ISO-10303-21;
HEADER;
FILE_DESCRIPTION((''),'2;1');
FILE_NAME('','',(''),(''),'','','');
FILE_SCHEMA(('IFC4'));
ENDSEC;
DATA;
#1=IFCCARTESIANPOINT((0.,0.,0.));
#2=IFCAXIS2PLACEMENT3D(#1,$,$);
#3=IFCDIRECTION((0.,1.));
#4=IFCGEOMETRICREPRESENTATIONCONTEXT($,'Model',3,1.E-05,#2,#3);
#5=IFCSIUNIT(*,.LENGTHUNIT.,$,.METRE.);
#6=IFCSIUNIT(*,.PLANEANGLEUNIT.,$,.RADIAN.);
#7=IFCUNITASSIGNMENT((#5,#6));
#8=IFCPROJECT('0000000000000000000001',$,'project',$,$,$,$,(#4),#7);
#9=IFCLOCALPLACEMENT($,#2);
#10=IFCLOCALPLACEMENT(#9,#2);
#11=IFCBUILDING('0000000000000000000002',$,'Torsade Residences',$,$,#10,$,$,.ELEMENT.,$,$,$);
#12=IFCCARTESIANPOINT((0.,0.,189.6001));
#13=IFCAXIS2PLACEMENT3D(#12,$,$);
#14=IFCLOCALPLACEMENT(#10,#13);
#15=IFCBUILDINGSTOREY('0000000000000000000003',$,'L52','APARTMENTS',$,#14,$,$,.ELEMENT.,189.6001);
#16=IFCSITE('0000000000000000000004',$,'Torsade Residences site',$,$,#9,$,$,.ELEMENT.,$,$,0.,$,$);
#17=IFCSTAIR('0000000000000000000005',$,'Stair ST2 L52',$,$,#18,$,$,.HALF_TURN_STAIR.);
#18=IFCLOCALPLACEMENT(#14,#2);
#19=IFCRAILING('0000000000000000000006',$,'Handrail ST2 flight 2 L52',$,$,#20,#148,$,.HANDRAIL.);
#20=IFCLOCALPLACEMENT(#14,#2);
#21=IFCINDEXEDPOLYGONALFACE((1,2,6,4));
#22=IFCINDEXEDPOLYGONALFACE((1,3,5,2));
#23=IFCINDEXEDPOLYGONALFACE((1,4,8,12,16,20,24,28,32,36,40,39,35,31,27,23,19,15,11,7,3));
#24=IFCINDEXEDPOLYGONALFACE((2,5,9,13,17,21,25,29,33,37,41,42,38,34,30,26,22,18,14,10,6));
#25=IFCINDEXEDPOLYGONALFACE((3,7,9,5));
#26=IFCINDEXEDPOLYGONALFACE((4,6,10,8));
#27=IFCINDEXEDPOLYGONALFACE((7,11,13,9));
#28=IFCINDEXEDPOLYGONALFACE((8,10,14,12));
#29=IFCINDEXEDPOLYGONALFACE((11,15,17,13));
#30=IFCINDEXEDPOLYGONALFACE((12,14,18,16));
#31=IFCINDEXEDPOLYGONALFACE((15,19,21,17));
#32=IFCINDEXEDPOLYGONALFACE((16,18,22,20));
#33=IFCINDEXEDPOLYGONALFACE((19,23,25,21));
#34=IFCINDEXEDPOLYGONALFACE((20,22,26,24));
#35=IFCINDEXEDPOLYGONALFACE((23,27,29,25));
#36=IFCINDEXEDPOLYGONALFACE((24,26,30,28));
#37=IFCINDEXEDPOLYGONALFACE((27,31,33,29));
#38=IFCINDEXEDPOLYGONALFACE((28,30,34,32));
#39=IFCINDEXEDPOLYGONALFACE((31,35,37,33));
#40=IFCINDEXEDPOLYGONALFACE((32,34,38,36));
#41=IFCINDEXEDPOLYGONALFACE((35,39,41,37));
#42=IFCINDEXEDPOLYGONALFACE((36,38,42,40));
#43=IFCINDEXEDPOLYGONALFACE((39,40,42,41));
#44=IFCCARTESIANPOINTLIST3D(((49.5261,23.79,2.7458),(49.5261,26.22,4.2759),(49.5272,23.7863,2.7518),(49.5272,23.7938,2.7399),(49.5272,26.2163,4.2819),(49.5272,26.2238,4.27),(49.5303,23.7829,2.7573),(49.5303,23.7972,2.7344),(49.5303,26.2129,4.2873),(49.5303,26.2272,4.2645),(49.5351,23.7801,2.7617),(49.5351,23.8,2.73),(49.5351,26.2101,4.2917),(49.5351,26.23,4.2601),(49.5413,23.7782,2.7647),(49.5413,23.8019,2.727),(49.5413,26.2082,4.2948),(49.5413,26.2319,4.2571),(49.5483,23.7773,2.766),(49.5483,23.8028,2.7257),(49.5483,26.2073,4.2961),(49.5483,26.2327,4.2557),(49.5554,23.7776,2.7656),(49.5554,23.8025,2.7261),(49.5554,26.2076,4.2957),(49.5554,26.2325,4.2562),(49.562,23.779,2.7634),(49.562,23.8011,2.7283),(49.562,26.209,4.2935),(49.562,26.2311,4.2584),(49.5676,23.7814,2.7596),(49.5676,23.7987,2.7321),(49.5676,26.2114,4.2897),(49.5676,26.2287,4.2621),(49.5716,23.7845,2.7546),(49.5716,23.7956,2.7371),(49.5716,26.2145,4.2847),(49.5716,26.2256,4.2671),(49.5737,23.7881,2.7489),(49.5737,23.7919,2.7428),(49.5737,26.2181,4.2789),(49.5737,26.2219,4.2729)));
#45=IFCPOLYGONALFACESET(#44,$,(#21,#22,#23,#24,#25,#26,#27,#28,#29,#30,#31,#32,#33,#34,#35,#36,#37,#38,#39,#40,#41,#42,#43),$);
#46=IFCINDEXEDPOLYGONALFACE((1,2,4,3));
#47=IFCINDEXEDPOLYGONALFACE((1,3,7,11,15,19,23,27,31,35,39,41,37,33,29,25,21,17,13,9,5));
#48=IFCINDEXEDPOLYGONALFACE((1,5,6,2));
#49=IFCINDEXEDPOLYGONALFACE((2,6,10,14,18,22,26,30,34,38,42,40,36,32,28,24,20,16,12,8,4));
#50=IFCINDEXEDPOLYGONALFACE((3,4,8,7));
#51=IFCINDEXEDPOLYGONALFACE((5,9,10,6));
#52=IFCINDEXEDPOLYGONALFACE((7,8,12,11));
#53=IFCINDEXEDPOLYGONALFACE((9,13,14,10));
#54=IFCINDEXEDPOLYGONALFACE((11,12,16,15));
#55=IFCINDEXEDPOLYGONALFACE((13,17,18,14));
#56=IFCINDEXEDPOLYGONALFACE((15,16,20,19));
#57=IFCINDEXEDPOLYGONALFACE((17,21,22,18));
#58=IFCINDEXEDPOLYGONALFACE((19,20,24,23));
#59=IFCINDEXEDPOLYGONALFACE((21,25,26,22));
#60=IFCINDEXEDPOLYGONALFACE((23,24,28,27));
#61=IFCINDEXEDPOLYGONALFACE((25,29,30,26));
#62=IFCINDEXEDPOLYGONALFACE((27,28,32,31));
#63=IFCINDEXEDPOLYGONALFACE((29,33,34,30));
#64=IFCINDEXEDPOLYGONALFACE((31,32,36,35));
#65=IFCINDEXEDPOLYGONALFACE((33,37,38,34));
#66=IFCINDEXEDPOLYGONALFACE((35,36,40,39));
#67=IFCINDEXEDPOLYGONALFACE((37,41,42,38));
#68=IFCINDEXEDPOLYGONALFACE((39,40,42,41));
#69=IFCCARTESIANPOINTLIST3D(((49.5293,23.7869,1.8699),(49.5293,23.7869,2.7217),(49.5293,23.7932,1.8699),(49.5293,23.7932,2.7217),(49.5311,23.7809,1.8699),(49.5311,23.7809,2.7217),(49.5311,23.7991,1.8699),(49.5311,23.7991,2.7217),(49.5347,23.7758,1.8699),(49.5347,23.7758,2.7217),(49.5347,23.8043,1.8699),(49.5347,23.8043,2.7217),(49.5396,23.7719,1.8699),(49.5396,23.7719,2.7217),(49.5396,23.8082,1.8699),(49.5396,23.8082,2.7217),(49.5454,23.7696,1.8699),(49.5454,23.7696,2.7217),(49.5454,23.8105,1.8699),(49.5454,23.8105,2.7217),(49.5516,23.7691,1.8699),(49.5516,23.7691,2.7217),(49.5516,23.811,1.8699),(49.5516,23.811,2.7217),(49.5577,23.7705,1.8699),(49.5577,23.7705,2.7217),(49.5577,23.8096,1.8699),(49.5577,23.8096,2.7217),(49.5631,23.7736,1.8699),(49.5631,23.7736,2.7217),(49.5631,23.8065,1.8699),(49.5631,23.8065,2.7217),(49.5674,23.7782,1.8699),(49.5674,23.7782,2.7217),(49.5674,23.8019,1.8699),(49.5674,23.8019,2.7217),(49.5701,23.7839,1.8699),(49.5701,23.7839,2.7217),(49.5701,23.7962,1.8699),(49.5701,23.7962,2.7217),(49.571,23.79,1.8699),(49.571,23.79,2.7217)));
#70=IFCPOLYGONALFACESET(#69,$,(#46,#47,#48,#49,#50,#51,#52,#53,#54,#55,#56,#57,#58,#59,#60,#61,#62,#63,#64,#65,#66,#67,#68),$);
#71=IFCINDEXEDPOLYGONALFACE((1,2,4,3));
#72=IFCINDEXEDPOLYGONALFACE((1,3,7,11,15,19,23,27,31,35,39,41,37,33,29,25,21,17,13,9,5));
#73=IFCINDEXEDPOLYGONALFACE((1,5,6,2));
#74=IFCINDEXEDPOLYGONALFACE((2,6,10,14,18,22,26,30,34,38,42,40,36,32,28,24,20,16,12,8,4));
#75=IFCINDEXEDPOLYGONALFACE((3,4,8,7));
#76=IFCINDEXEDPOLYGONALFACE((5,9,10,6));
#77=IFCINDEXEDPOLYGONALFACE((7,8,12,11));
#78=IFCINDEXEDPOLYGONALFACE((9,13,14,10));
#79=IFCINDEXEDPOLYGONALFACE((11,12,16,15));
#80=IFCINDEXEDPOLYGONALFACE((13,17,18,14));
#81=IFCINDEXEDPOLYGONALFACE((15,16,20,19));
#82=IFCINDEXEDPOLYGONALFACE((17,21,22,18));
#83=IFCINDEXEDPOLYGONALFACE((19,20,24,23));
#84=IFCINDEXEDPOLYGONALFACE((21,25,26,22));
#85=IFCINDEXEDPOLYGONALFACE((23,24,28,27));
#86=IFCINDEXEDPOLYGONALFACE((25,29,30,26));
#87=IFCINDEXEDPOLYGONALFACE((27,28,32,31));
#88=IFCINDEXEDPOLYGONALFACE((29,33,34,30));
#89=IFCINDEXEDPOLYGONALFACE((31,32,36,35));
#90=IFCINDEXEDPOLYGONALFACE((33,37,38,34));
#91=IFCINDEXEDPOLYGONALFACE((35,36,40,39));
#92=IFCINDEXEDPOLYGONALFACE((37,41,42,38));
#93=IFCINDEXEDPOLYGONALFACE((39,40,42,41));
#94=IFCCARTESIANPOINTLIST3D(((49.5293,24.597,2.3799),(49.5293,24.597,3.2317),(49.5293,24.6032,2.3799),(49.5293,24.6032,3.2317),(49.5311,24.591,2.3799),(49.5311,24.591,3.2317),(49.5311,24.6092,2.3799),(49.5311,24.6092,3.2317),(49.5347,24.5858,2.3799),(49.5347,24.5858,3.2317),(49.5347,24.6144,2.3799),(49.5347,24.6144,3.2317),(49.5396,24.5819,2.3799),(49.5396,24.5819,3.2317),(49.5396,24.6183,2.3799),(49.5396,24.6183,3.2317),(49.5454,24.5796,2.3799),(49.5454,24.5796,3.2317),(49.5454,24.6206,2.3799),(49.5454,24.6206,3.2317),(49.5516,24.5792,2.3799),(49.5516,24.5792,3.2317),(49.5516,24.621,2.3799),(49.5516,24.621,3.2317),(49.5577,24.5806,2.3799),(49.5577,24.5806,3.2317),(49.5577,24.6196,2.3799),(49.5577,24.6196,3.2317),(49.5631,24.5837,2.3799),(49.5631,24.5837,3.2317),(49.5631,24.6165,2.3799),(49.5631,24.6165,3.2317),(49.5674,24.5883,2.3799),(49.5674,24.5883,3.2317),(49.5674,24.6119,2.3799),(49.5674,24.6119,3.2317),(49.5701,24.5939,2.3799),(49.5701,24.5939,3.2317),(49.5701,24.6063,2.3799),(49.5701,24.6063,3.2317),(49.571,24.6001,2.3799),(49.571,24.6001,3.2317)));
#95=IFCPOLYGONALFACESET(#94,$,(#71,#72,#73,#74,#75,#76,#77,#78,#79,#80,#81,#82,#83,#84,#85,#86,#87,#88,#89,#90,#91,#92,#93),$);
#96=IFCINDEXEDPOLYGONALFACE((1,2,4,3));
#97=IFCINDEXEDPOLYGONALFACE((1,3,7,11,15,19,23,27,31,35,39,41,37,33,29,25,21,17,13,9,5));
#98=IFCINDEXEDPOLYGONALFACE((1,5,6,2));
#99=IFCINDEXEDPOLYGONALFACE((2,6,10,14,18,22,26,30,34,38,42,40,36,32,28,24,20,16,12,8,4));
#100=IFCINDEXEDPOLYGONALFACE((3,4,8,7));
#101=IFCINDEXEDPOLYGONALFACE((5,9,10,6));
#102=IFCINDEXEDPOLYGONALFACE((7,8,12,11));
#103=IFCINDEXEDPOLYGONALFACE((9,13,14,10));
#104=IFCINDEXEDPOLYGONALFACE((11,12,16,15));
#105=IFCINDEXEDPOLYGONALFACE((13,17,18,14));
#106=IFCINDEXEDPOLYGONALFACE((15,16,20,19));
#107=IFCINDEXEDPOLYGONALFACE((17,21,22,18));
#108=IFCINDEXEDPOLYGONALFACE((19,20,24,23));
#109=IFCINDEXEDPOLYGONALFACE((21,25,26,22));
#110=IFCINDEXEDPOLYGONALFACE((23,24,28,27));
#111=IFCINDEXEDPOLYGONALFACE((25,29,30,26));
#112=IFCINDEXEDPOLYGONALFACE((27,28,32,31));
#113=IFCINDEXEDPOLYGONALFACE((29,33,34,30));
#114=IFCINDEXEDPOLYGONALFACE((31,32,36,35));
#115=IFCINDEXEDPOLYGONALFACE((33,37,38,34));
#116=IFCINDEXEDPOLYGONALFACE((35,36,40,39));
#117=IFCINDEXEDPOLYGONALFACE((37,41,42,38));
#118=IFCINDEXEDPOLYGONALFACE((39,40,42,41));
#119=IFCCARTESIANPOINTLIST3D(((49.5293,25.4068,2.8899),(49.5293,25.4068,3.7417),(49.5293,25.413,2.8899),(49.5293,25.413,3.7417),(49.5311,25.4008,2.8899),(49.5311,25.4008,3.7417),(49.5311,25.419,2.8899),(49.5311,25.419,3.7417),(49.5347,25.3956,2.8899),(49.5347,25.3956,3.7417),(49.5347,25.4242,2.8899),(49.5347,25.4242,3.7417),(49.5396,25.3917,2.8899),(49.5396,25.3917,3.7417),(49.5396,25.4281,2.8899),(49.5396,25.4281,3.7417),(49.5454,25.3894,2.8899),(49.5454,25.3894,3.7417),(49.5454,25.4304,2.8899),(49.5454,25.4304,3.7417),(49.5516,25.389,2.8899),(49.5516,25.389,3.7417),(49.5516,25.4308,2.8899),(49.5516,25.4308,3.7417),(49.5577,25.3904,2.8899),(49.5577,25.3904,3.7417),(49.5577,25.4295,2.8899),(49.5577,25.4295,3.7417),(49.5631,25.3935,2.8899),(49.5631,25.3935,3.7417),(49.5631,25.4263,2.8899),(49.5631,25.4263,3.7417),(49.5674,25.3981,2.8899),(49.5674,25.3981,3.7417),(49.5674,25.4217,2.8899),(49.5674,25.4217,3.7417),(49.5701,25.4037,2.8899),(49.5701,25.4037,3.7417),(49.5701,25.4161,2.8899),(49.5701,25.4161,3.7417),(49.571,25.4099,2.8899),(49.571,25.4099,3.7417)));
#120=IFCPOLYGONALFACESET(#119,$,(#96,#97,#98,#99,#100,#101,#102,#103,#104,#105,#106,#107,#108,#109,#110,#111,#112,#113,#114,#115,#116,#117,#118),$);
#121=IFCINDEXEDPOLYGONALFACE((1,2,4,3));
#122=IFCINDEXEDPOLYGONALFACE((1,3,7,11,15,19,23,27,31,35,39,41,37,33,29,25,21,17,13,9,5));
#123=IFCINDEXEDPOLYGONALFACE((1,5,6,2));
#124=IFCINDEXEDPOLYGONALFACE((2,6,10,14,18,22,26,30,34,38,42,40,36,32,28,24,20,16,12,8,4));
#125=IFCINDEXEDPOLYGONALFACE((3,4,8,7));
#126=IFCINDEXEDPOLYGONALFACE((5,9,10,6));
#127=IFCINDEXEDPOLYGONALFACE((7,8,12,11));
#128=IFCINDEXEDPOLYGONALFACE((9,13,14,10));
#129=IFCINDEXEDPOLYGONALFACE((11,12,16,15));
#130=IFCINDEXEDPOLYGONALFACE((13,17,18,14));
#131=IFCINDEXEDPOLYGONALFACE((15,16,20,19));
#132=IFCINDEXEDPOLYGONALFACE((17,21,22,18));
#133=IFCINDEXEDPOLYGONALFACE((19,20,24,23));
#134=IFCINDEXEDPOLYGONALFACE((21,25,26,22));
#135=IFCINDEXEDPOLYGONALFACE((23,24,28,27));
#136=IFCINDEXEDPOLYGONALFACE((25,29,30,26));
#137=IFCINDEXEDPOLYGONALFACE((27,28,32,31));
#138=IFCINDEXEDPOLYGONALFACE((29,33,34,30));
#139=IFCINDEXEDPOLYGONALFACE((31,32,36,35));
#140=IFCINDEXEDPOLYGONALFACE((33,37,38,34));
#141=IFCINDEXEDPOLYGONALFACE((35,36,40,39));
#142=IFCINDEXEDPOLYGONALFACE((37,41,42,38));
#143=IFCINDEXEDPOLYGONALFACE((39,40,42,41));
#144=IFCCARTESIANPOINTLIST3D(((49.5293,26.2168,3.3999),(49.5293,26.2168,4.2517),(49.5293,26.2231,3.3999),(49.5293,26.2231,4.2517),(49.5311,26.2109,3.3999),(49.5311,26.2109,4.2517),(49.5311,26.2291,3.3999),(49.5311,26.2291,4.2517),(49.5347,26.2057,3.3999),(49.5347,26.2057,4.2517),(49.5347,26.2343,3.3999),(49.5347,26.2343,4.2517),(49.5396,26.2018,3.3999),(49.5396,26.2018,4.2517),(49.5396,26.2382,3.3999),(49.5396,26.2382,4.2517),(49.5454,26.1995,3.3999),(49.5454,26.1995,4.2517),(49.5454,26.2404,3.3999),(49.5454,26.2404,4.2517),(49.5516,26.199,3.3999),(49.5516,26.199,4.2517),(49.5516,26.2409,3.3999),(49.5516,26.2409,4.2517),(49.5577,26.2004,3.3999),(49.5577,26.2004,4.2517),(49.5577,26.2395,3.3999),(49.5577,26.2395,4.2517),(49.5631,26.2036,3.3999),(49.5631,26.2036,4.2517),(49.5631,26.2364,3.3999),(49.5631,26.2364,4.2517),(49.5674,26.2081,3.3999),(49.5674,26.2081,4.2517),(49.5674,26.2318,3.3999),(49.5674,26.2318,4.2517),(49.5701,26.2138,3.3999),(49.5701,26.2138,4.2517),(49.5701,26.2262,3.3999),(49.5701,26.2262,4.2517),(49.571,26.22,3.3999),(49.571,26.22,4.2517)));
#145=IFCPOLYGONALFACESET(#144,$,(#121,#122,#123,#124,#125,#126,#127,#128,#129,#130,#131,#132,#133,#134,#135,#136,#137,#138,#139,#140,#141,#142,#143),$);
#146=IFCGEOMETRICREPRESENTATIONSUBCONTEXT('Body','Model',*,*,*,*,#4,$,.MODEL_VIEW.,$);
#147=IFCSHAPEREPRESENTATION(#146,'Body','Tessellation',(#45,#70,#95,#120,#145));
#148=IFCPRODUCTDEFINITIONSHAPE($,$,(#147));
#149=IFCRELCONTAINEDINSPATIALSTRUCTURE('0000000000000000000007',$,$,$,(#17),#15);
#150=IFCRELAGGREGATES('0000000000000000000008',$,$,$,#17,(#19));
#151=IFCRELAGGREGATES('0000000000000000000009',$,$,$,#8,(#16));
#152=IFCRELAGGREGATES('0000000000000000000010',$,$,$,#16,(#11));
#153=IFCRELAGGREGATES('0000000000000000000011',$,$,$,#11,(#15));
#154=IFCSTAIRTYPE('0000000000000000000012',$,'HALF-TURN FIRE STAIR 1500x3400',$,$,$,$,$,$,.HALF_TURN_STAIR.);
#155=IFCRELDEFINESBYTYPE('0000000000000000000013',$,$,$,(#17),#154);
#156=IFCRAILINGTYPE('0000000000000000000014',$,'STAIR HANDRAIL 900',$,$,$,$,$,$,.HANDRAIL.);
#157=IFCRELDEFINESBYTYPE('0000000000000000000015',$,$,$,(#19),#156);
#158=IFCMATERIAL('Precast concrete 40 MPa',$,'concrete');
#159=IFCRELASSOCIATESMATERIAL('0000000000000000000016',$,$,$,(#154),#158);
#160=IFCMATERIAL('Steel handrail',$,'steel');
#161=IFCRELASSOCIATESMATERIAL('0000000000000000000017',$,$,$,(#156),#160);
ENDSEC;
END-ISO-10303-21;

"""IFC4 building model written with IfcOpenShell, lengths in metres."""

from ifc_helpers import new_model, si_unit, direction, frame, origin, origin_2d, place, context, subcontext, project, spatial, circle, extrude, material, type_object, element, aggregate, save


model = new_model("IFC4")

# Units and contexts
model_context = context("Model", 3, precision=1e-05, world=origin(), true_north=direction((0.0, 1.0)))
body_context = subcontext(model_context, "Body", "Model", "MODEL_VIEW")
ifc_project = project(units=[si_unit("LENGTHUNIT", "METRE"), si_unit("PLANEANGLEUNIT", "RADIAN")], contexts=[model_context])

# Site, building, storey
site_placement = place(None, origin())
site = spatial("IfcSite", under=ifc_project, at=site_placement, Name="Torsade Residences site", CompositionType="ELEMENT", RefElevation=0.0)
building_placement = place(site_placement, origin())
building = spatial("IfcBuilding", under=site, at=building_placement, Name="Torsade Residences", CompositionType="ELEMENT")
storey_placement = place(building_placement, frame((0.0, 0.0, 189.6001)))
storey = spatial("IfcBuildingStorey", under=building, at=storey_placement, Name="L52", Description="APARTMENTS", CompositionType="ELEMENT", Elevation=189.6001)

# Stair, railing
ifc_material_1 = material(Name="Precast concrete 40 MPa", Category="concrete")
stair_type = type_object("IfcStairType", Name="HALF-TURN FIRE STAIR 1500x3400", PredefinedType="HALF_TURN_STAIR", material=ifc_material_1)
stair_placement = place(storey_placement, origin())
stair = element("IfcStair", 1, at=stair_placement, inside=storey, type_object=stair_type, Name="Stair ST2 L52", PredefinedType="HALF_TURN_STAIR")
ifc_material_2 = material(Name="Steel handrail", Category="steel")
railing_type = type_object("IfcRailingType", Name="STAIR HANDRAIL 900", PredefinedType="HANDRAIL", material=ifc_material_2)
railing_1_placement = place(storey_placement, frame((49.55, 23.79, 1.8699)))
railing_1 = element("IfcRailing", 2, at=railing_1_placement, type_object=railing_type, Name="Handrail ST2 flight 2 L52", PredefinedType="HANDRAIL", context=body_context, shape_type="SweptSolid", body=[
    extrude(circle(Radius=0.0239, at=origin_2d()), frame((0.0, 0.0, 0.876), z_axis=(0.0, 0.846221, 0.532831), x_axis=(-1.0, 0.0, 0.0)), (0.0, 0.0, 1.0), 2.8716),
    extrude(circle(Radius=0.021, at=origin_2d()), origin(), (0.0, 0.0, 1.0), 0.8518),
    extrude(circle(Radius=0.021, at=origin_2d()), frame((0.0, 0.8101, 0.51)), (0.0, 0.0, 1.0), 0.8518),
    extrude(circle(Radius=0.021, at=origin_2d()), frame((0.0, 1.6199, 1.02)), (0.0, 0.0, 1.0), 0.8518),
    extrude(circle(Radius=0.021, at=origin_2d()), frame((0.0, 2.4299, 1.53)), (0.0, 0.0, 1.0), 0.8518),
])
aggregate(stair, [railing_1])

save(model, "model.ifc")
